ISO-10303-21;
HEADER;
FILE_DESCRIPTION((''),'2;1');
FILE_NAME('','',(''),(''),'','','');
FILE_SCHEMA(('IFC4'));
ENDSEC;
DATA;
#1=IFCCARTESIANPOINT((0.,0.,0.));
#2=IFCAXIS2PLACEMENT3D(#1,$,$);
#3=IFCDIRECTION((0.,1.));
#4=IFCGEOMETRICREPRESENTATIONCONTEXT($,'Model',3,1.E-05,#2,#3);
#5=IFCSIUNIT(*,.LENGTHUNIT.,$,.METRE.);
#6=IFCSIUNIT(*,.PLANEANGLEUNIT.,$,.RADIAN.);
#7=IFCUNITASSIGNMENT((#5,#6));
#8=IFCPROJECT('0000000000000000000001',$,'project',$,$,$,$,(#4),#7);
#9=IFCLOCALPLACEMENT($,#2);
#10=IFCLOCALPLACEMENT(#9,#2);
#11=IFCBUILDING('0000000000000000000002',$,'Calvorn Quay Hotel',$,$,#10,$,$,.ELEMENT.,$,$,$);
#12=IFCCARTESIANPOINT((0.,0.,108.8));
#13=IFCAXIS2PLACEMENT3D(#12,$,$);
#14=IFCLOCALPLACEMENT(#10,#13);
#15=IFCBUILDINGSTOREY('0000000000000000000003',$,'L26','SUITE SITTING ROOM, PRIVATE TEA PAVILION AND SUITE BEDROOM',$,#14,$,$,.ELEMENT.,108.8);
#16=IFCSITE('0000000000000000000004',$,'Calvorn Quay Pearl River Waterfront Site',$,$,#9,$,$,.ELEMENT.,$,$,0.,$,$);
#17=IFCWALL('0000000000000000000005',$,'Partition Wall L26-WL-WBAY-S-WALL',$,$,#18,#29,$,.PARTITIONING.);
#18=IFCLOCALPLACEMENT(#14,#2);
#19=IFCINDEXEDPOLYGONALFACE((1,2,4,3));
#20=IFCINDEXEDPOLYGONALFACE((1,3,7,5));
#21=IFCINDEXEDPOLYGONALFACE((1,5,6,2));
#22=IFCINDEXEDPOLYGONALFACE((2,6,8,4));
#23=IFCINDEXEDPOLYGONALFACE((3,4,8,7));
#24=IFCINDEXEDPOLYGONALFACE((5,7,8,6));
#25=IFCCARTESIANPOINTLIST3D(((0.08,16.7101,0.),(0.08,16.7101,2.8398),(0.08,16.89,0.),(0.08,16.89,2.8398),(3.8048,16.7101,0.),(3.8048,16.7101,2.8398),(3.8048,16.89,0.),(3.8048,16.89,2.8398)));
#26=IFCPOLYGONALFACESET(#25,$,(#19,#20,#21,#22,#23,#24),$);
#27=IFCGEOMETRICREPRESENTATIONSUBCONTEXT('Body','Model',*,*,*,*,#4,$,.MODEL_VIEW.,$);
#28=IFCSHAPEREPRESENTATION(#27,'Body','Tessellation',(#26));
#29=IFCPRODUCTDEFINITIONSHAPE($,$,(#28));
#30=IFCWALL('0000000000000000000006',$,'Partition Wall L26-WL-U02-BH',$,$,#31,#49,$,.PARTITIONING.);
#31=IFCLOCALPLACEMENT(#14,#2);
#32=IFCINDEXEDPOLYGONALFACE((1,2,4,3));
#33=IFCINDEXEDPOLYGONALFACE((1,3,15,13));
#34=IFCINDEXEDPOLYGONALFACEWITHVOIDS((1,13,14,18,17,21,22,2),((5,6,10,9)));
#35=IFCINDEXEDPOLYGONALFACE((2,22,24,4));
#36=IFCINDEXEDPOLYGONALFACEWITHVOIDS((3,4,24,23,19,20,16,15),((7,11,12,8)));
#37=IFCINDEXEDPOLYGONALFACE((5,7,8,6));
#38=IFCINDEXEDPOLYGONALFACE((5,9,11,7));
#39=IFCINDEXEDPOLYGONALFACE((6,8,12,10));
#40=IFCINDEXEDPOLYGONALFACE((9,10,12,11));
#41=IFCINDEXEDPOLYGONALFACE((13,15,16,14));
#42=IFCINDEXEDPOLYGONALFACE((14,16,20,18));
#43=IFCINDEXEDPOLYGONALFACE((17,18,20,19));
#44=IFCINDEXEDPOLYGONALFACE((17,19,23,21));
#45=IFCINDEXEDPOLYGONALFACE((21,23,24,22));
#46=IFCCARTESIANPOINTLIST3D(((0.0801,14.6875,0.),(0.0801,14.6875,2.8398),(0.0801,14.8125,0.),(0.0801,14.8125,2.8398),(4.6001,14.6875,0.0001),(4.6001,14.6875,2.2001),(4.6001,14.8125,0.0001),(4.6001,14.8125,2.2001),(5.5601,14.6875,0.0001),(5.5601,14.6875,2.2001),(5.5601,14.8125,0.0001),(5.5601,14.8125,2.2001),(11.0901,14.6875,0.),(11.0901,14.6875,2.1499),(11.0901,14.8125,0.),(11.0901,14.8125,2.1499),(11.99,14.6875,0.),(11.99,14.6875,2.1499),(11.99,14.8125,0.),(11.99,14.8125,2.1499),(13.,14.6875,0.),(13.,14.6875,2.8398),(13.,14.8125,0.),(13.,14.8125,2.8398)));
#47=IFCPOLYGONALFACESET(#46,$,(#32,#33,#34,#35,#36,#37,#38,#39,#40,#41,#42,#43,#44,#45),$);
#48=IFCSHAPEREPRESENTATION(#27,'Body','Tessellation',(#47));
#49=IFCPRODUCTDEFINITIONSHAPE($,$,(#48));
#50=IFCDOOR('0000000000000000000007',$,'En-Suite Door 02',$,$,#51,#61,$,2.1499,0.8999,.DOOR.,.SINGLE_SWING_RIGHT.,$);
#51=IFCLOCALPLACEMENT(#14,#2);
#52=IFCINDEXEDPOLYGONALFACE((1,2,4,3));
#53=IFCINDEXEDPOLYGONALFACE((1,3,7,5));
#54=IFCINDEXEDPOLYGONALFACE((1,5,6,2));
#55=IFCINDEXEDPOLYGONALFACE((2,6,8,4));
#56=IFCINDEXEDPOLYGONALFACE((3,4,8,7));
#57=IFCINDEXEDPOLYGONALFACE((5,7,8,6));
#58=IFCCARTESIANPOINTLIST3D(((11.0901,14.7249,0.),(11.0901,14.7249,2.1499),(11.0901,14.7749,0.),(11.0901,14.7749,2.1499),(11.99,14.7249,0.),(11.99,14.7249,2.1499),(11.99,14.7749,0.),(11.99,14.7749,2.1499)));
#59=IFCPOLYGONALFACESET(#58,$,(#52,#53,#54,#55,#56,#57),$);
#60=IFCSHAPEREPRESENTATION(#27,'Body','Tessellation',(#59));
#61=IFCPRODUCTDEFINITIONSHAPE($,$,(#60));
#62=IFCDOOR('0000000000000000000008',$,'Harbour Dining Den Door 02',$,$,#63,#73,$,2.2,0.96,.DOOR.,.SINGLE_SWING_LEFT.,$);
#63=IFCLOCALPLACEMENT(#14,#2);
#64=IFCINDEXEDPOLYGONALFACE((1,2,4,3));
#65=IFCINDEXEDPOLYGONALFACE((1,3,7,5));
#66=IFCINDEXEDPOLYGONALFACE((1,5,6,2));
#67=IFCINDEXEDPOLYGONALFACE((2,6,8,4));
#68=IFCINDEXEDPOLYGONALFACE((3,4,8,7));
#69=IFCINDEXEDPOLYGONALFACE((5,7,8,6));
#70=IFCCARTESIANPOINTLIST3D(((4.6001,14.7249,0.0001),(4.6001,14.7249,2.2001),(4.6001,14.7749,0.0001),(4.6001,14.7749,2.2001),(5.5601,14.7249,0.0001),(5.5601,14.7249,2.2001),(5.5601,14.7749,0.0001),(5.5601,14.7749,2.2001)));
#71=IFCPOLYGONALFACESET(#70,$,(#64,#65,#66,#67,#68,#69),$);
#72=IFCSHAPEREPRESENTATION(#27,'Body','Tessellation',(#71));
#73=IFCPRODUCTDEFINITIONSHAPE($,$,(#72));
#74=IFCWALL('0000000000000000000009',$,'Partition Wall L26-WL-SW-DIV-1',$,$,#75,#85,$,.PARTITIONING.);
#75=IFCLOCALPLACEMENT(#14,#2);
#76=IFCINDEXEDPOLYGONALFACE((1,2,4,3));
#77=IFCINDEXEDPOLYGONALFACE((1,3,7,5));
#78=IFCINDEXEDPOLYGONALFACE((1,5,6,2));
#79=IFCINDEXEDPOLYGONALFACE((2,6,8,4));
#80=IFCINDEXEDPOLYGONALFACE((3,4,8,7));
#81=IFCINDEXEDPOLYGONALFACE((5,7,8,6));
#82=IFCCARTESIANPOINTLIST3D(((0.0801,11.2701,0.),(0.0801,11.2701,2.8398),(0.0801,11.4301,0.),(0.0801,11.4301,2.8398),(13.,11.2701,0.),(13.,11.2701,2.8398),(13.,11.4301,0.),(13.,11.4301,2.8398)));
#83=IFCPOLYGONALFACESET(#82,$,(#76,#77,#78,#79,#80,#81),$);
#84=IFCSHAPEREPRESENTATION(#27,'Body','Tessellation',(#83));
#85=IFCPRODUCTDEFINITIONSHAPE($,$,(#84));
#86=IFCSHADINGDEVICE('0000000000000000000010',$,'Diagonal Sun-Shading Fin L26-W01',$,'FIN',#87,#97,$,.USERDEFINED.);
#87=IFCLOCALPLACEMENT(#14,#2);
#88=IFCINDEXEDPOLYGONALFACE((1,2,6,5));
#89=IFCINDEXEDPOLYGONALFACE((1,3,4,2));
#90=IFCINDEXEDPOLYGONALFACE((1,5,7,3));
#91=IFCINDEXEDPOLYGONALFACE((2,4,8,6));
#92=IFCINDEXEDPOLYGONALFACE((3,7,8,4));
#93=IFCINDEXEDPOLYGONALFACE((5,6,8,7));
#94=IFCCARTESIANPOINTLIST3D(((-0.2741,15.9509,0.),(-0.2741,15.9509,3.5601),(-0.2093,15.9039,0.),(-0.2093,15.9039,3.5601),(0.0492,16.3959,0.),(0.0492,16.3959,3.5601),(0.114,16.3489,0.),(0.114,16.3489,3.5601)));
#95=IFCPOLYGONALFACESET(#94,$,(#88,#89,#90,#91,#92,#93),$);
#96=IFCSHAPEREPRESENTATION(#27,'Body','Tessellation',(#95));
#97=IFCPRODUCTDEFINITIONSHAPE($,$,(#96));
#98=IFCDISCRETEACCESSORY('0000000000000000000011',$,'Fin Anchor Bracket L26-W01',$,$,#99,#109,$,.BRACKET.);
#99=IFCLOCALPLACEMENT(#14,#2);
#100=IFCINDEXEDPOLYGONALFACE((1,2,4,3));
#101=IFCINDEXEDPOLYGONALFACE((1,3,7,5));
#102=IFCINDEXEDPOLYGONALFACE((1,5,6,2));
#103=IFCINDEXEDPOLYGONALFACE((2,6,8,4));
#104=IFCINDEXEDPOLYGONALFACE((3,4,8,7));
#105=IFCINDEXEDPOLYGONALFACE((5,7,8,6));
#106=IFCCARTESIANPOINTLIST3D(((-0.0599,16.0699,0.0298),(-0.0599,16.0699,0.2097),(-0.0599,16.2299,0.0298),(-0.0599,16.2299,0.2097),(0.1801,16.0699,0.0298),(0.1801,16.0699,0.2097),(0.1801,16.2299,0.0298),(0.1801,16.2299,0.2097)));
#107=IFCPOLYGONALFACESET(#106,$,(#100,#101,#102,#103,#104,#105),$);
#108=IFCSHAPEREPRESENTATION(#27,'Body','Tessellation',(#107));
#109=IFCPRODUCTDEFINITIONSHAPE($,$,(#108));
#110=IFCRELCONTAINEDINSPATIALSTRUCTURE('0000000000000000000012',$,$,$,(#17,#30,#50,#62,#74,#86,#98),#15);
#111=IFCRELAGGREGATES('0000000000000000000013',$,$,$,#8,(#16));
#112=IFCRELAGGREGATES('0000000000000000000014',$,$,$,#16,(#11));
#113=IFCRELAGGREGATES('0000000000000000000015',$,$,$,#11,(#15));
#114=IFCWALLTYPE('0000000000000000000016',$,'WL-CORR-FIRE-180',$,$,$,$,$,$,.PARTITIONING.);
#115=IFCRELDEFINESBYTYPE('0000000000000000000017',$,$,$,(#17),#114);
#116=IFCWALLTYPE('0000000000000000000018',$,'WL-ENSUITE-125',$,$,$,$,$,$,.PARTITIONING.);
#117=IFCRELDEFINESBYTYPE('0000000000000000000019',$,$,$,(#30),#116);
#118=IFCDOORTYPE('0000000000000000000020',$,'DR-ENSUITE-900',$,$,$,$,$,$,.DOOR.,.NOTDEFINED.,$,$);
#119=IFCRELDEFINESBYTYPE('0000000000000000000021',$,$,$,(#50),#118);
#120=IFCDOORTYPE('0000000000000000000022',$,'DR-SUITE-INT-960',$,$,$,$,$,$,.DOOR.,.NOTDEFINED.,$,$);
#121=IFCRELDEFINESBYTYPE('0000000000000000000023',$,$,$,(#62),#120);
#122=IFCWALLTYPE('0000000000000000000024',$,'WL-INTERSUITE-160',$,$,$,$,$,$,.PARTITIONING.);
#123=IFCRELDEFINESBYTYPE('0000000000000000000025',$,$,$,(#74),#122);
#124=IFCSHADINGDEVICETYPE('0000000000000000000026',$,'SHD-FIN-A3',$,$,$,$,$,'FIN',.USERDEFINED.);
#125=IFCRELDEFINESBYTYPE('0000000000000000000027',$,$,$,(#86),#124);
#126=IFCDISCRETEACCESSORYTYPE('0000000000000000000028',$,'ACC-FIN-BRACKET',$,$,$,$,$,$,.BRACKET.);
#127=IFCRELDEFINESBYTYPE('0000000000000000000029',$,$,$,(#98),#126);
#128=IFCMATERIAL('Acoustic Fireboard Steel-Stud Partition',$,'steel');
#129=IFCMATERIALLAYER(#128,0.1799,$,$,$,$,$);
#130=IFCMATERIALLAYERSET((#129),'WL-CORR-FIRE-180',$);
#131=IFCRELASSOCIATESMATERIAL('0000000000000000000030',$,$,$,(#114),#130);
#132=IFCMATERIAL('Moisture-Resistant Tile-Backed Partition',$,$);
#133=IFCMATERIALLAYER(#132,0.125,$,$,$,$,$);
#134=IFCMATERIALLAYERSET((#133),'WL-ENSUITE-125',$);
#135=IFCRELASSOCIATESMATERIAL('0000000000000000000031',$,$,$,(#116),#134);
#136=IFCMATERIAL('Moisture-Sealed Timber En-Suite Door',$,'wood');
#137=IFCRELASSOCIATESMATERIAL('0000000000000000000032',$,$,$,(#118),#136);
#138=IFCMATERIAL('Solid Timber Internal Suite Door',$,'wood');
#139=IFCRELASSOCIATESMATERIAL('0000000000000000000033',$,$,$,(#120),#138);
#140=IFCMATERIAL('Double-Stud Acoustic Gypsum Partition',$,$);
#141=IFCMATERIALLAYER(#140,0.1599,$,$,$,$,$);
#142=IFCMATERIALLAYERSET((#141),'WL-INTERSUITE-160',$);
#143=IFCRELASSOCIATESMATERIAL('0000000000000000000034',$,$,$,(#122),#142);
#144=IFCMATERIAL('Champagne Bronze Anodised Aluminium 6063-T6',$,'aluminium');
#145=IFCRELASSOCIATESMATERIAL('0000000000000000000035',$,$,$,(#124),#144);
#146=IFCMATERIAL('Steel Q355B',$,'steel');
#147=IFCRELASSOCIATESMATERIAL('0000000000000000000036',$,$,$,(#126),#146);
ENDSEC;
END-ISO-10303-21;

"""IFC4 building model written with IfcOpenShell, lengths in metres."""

from ifc_helpers import new_model, si_unit, direction, frame, frame_2d, origin, origin_2d, place, context, subcontext, project, spatial, rectangle, extrude, material, layer, layer_set, type_object, element, fill, save


model = new_model("IFC4")

# Units and contexts
model_context = context("Model", 3, precision=1e-05, world=origin(), true_north=direction((0.0, 1.0)))
body_context = subcontext(model_context, "Body", "Model", "MODEL_VIEW")
ifc_project = project(units=[si_unit("LENGTHUNIT", "METRE"), si_unit("PLANEANGLEUNIT", "RADIAN")], contexts=[model_context])

# Site, building, storey
site_placement = place(None, origin())
site = spatial("IfcSite", under=ifc_project, at=site_placement, Name="Calvorn Quay Pearl River Waterfront Site", CompositionType="ELEMENT", RefElevation=0.0)
building_placement = place(site_placement, origin())
building = spatial("IfcBuilding", under=site, at=building_placement, Name="Calvorn Quay Hotel", CompositionType="ELEMENT")
storey_placement = place(building_placement, frame((0.0, 0.0, 108.8)))
storey = spatial("IfcBuildingStorey", under=building, at=storey_placement, Name="L26", Description="SUITE SITTING ROOM, PRIVATE TEA PAVILION AND SUITE BEDROOM", CompositionType="ELEMENT", Elevation=108.8)

# Wall
ifc_material_1 = material(Name="Acoustic Fireboard Steel-Stud Partition", Category="steel")
ifc_layer_1 = layer(ifc_material_1, 0.1799)
ifc_layer_set_1 = layer_set([ifc_layer_1], Name="WL-CORR-FIRE-180")
wall_type_1 = type_object("IfcWallType", Name="WL-CORR-FIRE-180", PredefinedType="PARTITIONING", material=ifc_layer_set_1)
wall_1_placement = place(storey_placement, frame((0.0801, 16.8, 0.0), z_axis=(0.0, 0.0, 1.0), x_axis=(1.0, 0.0, 0.0)))
element("IfcWall", 1, at=wall_1_placement, inside=storey, type_object=wall_type_1, Name="Partition Wall L26-WL-WBAY-S-WALL", PredefinedType="PARTITIONING", context=body_context, shape_type="SweptSolid", body=[
    extrude(rectangle(XDim=3.7249, YDim=0.1799, at=frame_2d((1.8623, 0.0))), origin(), (0.0, 0.0, 1.0), 2.8398),
])

# Wall, openings, doors
ifc_material_2 = material(Name="Moisture-Resistant Tile-Backed Partition")
ifc_layer_2 = layer(ifc_material_2, 0.125)
ifc_layer_set_2 = layer_set([ifc_layer_2], Name="WL-ENSUITE-125")
wall_type_2 = type_object("IfcWallType", Name="WL-ENSUITE-125", PredefinedType="PARTITIONING", material=ifc_layer_set_2)
wall_2_placement = place(storey_placement, frame((0.0801, 14.75, 0.0), z_axis=(0.0, 0.0, 1.0), x_axis=(1.0, 0.0, 0.0)))
wall_2 = element("IfcWall", 2, at=wall_2_placement, inside=storey, type_object=wall_type_2, Name="Partition Wall L26-WL-U02-BH", PredefinedType="PARTITIONING", context=body_context, shape_type="SweptSolid", body=[
    extrude(rectangle(XDim=12.9199, YDim=0.125, at=frame_2d((6.46, 0.0))), origin(), (0.0, 0.0, 1.0), 2.8398),
])
opening_1_placement = place(wall_2_placement, frame((4.52, 0.0, 0.0)))
opening_1 = element("IfcOpeningElement", 3, at=opening_1_placement, cuts=wall_2, PredefinedType="OPENING", context=body_context, shape_type="SweptSolid", body=[
    extrude(rectangle(XDim=0.96, YDim=2.2, at=frame_2d((0.48, 1.1001))), frame((0.0, 0.0725, 0.0), z_axis=(0.0, -1.0, 0.0), x_axis=(1.0, 0.0, 0.0)), (0.0, 0.0, 1.0), 0.145),
])
opening_2_placement = place(wall_2_placement, frame((11.01, 0.0, 0.0)))
opening_2 = element("IfcOpeningElement", 4, at=opening_2_placement, cuts=wall_2, PredefinedType="OPENING", context=body_context, shape_type="SweptSolid", body=[
    extrude(rectangle(XDim=0.8999, YDim=2.1499, at=frame_2d((0.45, 1.075))), frame((0.0, 0.0725, 0.0), z_axis=(0.0, -1.0, 0.0), x_axis=(1.0, 0.0, 0.0)), (0.0, 0.0, 1.0), 0.145),
])
ifc_material_3 = material(Name="Moisture-Sealed Timber En-Suite Door", Category="wood")
door_type_1 = type_object("IfcDoorType", Name="DR-ENSUITE-900", OperationType="NOTDEFINED", PredefinedType="DOOR", material=ifc_material_3)
door_1_placement = place(opening_2_placement, origin())
door_1 = element("IfcDoor", 5, at=door_1_placement, inside=storey, type_object=door_type_1, Name="En-Suite Door 02", OperationType="SINGLE_SWING_RIGHT", OverallHeight=2.1499, OverallWidth=0.8999, PredefinedType="DOOR", context=body_context, shape_type="SweptSolid", body=[
    extrude(rectangle(XDim=0.8999, YDim=2.1499, at=frame_2d((0.45, 1.075))), frame((0.0, 0.0249, 0.0), z_axis=(0.0, -1.0, 0.0), x_axis=(1.0, 0.0, 0.0)), (0.0, 0.0, 1.0), 0.05),
])
fill(opening_2, door_1)
ifc_material_4 = material(Name="Solid Timber Internal Suite Door", Category="wood")
door_type_2 = type_object("IfcDoorType", Name="DR-SUITE-INT-960", OperationType="NOTDEFINED", PredefinedType="DOOR", material=ifc_material_4)
door_2_placement = place(opening_1_placement, origin())
door_2 = element("IfcDoor", 6, at=door_2_placement, inside=storey, type_object=door_type_2, Name="Harbour Dining Den Door 02", OperationType="SINGLE_SWING_LEFT", OverallHeight=2.2, OverallWidth=0.96, PredefinedType="DOOR", context=body_context, shape_type="SweptSolid", body=[
    extrude(rectangle(XDim=0.96, YDim=2.2, at=frame_2d((0.48, 1.1001))), frame((0.0, 0.0249, 0.0), z_axis=(0.0, -1.0, 0.0), x_axis=(1.0, 0.0, 0.0)), (0.0, 0.0, 1.0), 0.05),
])
fill(opening_1, door_2)

# Wall
ifc_material_5 = material(Name="Double-Stud Acoustic Gypsum Partition")
ifc_layer_3 = layer(ifc_material_5, 0.1599)
ifc_layer_set_3 = layer_set([ifc_layer_3], Name="WL-INTERSUITE-160")
wall_type_3 = type_object("IfcWallType", Name="WL-INTERSUITE-160", PredefinedType="PARTITIONING", material=ifc_layer_set_3)
wall_3_placement = place(storey_placement, frame((0.0801, 11.3501, 0.0), z_axis=(0.0, 0.0, 1.0), x_axis=(1.0, 0.0, 0.0)))
element("IfcWall", 7, at=wall_3_placement, inside=storey, type_object=wall_type_3, Name="Partition Wall L26-WL-SW-DIV-1", PredefinedType="PARTITIONING", context=body_context, shape_type="SweptSolid", body=[
    extrude(rectangle(XDim=12.9199, YDim=0.1599, at=frame_2d((6.46, 0.0))), origin(), (0.0, 0.0, 1.0), 2.8398),
])

# Shading device
ifc_material_6 = material(Name="Champagne Bronze Anodised Aluminium 6063-T6", Category="aluminium")
shading_device_type = type_object("IfcShadingDeviceType", Name="SHD-FIN-A3", ElementType="FIN", PredefinedType="USERDEFINED", material=ifc_material_6)
shading_device_placement = place(storey_placement, frame((-0.0801, 16.1499, 0.0), z_axis=(0.0, 0.0, 1.0), x_axis=(0.587785, 0.809017, 0.0)))
element("IfcShadingDevice", 8, at=shading_device_placement, inside=storey, type_object=shading_device_type, Name="Diagonal Sun-Shading Fin L26-W01", ObjectType="FIN", PredefinedType="USERDEFINED", context=body_context, shape_type="SweptSolid", body=[
    extrude(rectangle(XDim=0.55, YDim=0.0801, at=origin_2d()), origin(), (0.0, 0.0, 1.0), 3.5601),
])

# Discrete accessory
ifc_material_7 = material(Name="Steel Q355B", Category="steel")
discrete_accessory_type = type_object("IfcDiscreteAccessoryType", Name="ACC-FIN-BRACKET", PredefinedType="BRACKET", material=ifc_material_7)
discrete_accessory_placement = place(storey_placement, frame((0.0601, 16.1499, 0.0298), z_axis=(0.0, 0.0, 1.0), x_axis=(1.0, 0.0, 0.0)))
element("IfcDiscreteAccessory", 9, at=discrete_accessory_placement, inside=storey, type_object=discrete_accessory_type, Name="Fin Anchor Bracket L26-W01", PredefinedType="BRACKET", context=body_context, shape_type="SweptSolid", body=[
    extrude(rectangle(XDim=0.24, YDim=0.1599, at=origin_2d()), origin(), (0.0, 0.0, 1.0), 0.1799),
])

save(model, "model.ifc")
